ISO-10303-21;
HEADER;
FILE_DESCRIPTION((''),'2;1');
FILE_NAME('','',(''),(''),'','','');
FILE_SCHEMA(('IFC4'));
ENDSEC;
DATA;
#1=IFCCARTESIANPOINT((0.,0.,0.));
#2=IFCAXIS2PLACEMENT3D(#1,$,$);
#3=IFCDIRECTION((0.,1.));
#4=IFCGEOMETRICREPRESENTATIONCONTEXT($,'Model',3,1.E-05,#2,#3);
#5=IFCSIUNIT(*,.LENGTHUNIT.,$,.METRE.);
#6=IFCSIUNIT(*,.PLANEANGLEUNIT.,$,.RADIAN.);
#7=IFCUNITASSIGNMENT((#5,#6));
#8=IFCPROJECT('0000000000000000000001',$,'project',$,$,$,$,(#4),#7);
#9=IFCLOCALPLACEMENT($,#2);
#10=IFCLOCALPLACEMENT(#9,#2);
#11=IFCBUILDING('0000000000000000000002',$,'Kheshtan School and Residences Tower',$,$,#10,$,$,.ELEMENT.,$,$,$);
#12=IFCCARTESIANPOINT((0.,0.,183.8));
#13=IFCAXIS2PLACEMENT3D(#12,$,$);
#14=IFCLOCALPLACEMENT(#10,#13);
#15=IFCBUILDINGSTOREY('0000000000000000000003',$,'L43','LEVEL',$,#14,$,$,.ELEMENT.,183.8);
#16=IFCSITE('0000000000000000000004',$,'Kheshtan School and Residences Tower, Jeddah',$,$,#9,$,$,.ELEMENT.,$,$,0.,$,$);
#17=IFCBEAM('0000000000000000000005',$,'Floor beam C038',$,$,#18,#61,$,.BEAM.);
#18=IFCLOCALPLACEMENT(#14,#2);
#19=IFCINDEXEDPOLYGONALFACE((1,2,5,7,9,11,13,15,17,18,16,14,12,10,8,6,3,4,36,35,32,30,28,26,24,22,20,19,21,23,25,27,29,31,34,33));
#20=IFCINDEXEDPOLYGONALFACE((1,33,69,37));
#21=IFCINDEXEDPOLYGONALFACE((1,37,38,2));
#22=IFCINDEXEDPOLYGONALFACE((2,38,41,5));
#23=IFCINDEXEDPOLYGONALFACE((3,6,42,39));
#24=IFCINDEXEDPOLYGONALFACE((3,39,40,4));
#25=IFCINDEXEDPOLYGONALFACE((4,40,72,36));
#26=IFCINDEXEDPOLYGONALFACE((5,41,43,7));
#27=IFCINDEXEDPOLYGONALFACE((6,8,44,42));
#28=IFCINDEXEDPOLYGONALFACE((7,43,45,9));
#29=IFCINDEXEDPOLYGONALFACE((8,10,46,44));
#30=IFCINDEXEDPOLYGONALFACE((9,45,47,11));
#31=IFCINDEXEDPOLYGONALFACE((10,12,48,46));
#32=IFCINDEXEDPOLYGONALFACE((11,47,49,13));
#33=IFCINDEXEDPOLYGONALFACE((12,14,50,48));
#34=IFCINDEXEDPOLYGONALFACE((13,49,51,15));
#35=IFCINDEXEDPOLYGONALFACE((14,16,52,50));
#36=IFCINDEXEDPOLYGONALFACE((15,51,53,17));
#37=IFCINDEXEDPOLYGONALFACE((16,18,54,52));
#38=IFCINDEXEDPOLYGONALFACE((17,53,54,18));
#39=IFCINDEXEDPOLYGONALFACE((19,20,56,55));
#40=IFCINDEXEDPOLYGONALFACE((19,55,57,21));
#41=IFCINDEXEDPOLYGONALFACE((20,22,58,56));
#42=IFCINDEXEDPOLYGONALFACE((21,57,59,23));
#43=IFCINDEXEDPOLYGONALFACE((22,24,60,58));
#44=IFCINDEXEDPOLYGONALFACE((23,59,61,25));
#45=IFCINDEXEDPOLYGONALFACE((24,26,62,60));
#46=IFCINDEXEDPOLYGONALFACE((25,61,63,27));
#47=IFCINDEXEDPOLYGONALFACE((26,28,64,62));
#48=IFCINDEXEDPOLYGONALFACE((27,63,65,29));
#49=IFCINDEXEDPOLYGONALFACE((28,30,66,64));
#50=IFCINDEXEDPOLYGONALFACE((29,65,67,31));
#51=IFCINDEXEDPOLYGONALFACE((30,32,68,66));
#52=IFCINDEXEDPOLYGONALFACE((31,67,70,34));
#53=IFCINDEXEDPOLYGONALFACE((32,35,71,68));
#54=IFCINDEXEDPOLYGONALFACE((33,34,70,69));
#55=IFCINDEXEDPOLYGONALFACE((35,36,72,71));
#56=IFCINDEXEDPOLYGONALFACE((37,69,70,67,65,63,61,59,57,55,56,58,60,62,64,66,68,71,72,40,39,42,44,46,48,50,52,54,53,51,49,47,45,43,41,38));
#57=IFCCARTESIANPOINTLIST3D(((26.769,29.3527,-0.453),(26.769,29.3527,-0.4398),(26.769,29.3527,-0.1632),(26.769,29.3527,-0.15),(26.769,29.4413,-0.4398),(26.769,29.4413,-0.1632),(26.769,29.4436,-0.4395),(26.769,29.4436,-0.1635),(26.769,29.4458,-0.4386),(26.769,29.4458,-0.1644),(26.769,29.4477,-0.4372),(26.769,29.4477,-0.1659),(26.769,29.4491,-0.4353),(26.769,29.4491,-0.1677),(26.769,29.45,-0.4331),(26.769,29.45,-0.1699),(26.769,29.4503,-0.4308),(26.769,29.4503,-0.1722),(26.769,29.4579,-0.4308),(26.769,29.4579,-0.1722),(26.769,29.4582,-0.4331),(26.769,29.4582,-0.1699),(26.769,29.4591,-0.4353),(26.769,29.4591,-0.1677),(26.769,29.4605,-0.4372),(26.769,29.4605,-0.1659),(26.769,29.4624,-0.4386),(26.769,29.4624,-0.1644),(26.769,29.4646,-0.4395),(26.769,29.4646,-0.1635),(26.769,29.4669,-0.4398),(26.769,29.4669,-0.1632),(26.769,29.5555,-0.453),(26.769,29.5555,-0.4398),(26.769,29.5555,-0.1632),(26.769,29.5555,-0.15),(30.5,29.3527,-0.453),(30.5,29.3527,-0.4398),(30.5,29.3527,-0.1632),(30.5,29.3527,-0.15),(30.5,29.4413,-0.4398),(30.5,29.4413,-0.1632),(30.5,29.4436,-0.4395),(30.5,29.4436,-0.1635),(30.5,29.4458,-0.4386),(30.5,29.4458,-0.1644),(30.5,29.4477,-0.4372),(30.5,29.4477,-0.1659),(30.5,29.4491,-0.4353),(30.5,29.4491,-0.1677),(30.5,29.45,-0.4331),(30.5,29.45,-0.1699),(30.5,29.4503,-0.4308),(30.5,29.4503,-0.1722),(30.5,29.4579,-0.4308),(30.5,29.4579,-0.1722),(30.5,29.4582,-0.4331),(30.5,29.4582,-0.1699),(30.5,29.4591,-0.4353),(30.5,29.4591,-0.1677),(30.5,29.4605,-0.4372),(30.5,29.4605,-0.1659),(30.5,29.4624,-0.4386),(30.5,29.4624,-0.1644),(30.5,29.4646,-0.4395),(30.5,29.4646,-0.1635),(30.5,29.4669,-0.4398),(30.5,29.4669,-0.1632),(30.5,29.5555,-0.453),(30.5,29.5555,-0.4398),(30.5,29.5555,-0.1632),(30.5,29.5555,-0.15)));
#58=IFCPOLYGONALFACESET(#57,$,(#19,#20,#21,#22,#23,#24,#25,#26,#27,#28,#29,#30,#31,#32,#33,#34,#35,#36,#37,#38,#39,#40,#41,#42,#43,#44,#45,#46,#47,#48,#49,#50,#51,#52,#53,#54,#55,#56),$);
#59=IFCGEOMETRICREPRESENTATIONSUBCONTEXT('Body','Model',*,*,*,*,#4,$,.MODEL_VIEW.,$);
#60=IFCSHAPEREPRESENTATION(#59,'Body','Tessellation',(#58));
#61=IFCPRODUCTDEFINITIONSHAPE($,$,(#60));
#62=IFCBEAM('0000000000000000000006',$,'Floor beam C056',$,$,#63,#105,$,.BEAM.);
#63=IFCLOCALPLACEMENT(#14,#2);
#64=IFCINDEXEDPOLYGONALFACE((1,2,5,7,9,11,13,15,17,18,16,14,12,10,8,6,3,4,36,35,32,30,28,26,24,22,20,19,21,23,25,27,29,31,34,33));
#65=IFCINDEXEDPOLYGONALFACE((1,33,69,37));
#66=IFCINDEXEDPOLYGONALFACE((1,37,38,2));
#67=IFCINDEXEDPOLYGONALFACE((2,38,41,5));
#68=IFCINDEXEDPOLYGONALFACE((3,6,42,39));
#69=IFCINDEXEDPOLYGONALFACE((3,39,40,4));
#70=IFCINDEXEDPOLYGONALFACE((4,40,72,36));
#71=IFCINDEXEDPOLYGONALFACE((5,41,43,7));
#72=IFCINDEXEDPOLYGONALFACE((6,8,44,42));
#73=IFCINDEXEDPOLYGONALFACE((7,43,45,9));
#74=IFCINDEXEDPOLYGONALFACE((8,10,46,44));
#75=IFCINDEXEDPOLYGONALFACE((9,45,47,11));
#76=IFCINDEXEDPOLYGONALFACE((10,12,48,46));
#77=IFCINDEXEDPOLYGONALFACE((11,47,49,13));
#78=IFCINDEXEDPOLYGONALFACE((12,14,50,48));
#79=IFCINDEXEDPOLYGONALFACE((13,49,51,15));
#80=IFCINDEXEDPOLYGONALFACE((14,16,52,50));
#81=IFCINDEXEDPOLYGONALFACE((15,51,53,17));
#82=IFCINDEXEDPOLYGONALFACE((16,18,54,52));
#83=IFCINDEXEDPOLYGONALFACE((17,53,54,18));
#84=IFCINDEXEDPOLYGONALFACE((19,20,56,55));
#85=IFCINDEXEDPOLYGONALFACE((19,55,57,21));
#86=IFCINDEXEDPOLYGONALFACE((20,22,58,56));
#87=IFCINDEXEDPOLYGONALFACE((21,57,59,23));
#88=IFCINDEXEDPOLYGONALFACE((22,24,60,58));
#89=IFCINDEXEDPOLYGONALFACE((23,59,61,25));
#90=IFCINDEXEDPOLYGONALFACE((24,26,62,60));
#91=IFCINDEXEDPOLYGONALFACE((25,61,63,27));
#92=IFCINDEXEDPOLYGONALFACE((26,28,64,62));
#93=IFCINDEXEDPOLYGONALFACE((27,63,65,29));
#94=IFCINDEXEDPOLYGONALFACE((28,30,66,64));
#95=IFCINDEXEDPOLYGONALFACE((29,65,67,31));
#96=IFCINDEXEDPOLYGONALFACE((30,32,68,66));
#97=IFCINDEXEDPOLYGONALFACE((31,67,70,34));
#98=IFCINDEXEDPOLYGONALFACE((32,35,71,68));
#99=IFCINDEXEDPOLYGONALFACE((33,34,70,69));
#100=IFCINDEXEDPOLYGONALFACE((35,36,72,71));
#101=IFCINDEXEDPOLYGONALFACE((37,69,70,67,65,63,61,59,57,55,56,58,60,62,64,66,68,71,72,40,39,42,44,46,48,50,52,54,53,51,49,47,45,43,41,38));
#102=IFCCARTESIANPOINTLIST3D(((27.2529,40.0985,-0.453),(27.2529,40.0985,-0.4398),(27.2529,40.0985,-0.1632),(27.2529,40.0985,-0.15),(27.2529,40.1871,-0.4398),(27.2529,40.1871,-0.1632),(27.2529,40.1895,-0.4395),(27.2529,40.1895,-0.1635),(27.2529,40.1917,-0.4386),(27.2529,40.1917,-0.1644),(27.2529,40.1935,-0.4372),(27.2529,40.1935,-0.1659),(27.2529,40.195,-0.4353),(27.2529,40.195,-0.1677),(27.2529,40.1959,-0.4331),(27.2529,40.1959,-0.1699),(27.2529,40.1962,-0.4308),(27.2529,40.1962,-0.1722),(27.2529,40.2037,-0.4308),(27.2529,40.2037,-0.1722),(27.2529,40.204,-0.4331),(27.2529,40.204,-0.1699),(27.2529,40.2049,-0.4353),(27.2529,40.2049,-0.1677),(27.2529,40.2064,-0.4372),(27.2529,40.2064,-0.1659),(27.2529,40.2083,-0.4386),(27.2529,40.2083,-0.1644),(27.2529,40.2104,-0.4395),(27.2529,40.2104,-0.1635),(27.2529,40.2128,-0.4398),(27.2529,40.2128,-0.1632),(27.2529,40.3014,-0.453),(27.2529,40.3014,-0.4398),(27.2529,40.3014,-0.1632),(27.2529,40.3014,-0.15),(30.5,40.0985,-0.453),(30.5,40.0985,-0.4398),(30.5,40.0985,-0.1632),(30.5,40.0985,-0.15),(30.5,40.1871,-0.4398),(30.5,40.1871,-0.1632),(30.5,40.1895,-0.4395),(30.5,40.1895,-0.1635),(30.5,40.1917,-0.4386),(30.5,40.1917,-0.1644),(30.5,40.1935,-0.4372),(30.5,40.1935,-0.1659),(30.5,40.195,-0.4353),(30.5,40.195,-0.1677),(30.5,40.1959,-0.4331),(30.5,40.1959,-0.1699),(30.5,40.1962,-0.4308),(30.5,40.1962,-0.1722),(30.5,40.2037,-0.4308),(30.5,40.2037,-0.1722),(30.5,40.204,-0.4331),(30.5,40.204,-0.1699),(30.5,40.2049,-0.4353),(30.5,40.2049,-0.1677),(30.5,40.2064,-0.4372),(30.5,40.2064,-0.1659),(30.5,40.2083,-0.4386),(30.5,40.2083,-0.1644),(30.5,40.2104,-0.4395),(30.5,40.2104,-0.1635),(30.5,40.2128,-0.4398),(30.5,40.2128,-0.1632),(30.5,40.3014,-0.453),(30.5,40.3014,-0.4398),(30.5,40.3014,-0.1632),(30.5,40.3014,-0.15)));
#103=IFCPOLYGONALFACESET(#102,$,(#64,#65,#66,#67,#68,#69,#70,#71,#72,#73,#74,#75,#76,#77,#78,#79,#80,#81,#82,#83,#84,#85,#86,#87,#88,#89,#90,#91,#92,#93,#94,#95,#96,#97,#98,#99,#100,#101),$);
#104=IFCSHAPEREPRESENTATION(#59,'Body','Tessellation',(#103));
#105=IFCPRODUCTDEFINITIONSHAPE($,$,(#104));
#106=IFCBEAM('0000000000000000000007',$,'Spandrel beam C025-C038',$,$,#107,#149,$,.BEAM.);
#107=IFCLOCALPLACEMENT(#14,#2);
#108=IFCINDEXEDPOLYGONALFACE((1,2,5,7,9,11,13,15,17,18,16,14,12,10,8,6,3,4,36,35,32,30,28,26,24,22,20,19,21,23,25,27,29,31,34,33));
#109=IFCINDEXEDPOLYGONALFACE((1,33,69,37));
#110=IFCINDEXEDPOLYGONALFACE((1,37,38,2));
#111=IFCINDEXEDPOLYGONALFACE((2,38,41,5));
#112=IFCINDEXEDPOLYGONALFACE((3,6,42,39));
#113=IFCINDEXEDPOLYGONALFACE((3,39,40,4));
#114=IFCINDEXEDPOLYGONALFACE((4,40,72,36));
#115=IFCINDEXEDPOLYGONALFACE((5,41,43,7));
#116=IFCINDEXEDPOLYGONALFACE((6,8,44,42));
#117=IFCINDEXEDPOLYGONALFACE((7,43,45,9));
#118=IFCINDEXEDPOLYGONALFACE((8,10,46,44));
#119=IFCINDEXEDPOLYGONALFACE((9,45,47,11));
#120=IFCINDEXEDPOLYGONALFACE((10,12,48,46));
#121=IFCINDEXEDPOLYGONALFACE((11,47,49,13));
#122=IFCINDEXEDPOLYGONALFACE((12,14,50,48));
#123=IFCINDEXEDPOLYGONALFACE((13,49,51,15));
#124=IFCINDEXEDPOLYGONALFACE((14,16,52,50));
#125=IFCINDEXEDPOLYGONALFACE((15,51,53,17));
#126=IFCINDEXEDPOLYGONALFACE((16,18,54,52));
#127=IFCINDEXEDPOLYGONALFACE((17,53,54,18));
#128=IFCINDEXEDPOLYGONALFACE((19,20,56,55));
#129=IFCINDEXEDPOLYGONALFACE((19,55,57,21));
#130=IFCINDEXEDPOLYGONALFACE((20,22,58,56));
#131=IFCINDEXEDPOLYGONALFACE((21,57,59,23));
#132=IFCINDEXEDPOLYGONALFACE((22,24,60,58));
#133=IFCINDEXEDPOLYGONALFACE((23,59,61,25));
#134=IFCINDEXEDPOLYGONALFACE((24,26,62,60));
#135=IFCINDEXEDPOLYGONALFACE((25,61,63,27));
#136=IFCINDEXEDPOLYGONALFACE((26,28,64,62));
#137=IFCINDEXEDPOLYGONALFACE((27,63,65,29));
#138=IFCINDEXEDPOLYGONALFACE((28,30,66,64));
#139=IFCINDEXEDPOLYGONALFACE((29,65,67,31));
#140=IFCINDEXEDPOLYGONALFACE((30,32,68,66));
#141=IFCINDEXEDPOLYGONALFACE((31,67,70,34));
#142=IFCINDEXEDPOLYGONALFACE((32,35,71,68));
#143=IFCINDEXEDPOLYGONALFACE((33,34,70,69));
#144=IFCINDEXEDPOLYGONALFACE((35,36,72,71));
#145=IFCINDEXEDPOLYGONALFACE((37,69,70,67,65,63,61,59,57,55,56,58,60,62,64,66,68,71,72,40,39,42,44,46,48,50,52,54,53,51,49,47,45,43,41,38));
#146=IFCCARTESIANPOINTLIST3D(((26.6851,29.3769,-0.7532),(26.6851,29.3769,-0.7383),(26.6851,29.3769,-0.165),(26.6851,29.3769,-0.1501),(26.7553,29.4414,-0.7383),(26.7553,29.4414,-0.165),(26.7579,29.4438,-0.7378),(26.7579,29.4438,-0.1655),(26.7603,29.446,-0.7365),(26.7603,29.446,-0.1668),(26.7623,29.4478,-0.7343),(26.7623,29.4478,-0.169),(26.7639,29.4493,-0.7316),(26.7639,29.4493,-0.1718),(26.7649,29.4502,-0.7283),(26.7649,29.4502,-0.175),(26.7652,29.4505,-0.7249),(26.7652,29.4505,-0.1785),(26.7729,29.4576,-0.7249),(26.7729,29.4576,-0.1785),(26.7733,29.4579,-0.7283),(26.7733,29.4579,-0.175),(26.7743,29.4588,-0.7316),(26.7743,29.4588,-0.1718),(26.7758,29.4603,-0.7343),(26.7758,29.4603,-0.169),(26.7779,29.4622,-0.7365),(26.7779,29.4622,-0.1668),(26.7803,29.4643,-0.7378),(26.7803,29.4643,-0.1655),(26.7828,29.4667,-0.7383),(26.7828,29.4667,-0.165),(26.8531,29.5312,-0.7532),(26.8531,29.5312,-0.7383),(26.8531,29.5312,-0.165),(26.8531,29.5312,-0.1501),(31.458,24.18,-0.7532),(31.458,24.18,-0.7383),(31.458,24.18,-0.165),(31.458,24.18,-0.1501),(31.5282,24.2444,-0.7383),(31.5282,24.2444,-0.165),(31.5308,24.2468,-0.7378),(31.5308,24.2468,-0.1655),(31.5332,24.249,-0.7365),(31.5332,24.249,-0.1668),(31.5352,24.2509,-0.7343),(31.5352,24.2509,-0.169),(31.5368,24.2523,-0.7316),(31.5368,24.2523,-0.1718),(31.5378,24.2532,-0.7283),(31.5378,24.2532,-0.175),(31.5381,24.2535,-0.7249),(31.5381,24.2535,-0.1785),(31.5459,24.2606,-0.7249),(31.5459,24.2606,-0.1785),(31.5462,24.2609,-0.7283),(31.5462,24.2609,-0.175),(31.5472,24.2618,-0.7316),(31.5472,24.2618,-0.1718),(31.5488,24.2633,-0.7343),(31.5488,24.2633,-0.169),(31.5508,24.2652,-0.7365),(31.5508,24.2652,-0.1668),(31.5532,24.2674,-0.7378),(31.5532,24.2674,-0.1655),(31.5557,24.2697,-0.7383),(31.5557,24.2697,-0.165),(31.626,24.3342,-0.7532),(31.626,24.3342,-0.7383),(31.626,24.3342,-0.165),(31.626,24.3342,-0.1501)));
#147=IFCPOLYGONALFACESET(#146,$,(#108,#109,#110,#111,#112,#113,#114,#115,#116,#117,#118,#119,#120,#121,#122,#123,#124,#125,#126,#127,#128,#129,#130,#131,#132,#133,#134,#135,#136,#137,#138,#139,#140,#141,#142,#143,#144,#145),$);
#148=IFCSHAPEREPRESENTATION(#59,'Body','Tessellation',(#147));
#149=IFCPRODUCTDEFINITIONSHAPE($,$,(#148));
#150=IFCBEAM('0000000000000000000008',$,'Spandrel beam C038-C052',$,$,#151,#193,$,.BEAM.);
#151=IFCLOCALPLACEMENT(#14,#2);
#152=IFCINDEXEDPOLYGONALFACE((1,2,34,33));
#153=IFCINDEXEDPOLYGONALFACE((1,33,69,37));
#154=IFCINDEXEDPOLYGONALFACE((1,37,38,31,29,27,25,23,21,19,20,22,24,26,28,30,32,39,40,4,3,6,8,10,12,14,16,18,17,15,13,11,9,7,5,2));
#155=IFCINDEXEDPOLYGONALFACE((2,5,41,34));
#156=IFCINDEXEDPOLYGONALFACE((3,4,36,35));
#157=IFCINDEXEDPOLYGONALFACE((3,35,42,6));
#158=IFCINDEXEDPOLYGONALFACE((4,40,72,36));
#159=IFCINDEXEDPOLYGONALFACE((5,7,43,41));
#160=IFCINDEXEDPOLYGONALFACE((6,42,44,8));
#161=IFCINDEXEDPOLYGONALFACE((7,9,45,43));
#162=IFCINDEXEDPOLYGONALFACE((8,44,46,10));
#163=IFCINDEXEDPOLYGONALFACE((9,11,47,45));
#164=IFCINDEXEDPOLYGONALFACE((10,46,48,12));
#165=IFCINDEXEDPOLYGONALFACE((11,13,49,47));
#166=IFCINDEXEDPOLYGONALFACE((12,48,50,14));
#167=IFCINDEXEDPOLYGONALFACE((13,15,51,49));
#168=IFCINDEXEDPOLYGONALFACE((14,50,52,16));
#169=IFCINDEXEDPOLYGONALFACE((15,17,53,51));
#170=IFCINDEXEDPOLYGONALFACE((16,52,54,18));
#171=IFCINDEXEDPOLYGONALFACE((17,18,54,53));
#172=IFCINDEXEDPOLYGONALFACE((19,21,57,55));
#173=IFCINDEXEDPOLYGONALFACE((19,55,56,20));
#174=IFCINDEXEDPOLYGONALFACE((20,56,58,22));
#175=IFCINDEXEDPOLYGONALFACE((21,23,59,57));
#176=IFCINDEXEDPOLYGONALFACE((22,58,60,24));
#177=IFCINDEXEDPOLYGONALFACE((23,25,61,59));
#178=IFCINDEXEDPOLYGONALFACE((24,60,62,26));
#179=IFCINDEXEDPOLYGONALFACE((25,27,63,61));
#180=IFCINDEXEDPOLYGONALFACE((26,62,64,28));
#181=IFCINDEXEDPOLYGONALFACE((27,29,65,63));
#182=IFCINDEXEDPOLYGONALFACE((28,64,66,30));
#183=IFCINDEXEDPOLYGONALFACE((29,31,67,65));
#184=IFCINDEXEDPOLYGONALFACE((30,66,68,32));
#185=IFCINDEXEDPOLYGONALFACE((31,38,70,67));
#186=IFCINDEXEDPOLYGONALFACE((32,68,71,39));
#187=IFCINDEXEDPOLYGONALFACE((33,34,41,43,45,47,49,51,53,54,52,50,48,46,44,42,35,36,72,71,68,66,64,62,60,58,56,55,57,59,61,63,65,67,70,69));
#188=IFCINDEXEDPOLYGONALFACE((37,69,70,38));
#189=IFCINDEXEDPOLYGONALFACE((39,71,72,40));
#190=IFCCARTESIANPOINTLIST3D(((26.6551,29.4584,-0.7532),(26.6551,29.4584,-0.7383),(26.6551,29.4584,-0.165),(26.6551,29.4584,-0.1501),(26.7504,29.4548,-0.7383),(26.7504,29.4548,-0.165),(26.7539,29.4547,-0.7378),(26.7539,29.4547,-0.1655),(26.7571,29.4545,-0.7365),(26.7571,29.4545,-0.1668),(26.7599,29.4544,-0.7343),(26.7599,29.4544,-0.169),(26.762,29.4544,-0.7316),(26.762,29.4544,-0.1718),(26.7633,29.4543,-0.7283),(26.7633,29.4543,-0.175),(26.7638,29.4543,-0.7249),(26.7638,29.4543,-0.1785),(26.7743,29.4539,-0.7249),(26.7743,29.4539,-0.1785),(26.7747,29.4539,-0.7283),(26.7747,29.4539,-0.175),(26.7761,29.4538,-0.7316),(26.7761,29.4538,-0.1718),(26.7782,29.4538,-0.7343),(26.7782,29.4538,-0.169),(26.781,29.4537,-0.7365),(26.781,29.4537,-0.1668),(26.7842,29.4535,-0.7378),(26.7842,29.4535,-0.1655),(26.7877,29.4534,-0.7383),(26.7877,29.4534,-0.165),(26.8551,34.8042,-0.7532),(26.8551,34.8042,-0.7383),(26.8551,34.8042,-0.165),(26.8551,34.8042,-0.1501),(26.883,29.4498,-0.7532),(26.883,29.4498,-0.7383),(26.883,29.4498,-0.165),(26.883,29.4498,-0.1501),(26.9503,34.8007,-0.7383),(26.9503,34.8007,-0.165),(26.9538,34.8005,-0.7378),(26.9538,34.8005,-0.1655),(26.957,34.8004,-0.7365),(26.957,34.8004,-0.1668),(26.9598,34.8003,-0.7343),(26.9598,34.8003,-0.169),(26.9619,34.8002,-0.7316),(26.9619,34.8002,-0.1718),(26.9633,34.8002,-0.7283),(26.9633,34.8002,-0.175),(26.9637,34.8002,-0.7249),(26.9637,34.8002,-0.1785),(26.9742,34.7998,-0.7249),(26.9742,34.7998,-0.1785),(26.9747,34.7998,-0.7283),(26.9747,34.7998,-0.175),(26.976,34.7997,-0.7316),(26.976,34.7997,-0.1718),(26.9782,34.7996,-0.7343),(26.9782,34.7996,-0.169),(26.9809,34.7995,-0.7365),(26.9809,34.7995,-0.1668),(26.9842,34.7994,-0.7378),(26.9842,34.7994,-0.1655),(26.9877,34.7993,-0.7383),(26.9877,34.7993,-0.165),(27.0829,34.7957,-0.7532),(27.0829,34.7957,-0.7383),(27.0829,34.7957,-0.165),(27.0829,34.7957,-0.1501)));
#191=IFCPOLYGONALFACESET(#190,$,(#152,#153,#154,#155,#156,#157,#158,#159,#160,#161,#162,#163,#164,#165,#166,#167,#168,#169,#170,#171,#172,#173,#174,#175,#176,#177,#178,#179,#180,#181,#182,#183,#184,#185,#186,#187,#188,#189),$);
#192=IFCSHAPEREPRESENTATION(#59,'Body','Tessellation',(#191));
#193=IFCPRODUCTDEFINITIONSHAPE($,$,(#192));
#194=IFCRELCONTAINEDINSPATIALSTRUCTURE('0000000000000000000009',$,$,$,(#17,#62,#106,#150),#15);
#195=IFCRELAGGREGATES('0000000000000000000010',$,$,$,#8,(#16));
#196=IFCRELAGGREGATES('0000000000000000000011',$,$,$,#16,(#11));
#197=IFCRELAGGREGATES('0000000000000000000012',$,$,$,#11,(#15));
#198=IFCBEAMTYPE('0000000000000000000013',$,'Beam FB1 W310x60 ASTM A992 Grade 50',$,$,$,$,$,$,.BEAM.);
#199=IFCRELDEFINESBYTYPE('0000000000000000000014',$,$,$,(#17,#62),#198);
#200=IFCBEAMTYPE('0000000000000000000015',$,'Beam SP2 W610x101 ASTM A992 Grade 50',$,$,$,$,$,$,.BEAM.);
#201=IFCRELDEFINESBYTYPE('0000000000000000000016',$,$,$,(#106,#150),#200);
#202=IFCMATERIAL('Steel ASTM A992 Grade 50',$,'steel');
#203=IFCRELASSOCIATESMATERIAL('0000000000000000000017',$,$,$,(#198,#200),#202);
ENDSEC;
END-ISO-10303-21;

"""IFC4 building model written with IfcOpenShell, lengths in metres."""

from ifc_helpers import new_model, si_unit, direction, frame, origin, origin_2d, place, context, subcontext, project, spatial, i_section, extrude, material, material_profile, profile_set, type_object, element, save


model = new_model("IFC4")

# Units and contexts
model_context = context("Model", 3, precision=1e-05, world=origin(), true_north=direction((0.0, 1.0)))
body_context = subcontext(model_context, "Body", "Model", "MODEL_VIEW")
ifc_project = project(units=[si_unit("LENGTHUNIT", "METRE"), si_unit("PLANEANGLEUNIT", "RADIAN")], contexts=[model_context])

# Site, building, storey
site_placement = place(None, origin())
site = spatial("IfcSite", under=ifc_project, at=site_placement, Name="Kheshtan School and Residences Tower, Jeddah", CompositionType="ELEMENT", RefElevation=0.0)
building_placement = place(site_placement, origin())
building = spatial("IfcBuilding", under=site, at=building_placement, Name="Kheshtan School and Residences Tower", CompositionType="ELEMENT")
storey_placement = place(building_placement, frame((0.0, 0.0, 183.8)))
storey = spatial("IfcBuildingStorey", under=building, at=storey_placement, Name="L43", Description="LEVEL", CompositionType="ELEMENT", Elevation=183.8)

# Shared definitions
ifc_material_1 = material(Name="Steel ASTM A992 Grade 50", Category="steel")

# Beams
ifc_material_profile_1 = material_profile(ifc_material_1, i_section(OverallWidth=0.2029, OverallDepth=0.303, WebThickness=0.0076, FlangeThickness=0.0132, FilletRadius=0.009, at=origin_2d()), Name="W310x60")
ifc_profile_set_1 = profile_set([ifc_material_profile_1], Name="Steel ASTM A992 Grade 50")
beam_type_1 = type_object("IfcBeamType", Name="Beam FB1 W310x60 ASTM A992 Grade 50", PredefinedType="BEAM", material=ifc_profile_set_1)
beam_1_placement = place(storey_placement, frame((26.769, 29.4541, -0.3015), z_axis=(1.0, 0.0, 0.0), x_axis=(0.0, 1.0, 0.0)))
element("IfcBeam", 1, at=beam_1_placement, inside=storey, type_object=beam_type_1, Name="Floor beam C038", PredefinedType="BEAM", context=body_context, shape_type="SweptSolid", body=[
    extrude(i_section(OverallWidth=0.2029, OverallDepth=0.303, WebThickness=0.0076, FlangeThickness=0.0132, FilletRadius=0.009, at=origin_2d()), origin(), (0.0, 0.0, 1.0), 3.731),
])
beam_2_placement = place(storey_placement, frame((27.2529, 40.2, -0.3015), z_axis=(1.0, 0.0, 0.0), x_axis=(0.0, 1.0, 0.0)))
element("IfcBeam", 2, at=beam_2_placement, inside=storey, type_object=beam_type_1, Name="Floor beam C056", PredefinedType="BEAM", context=body_context, shape_type="SweptSolid", body=[
    extrude(i_section(OverallWidth=0.2029, OverallDepth=0.303, WebThickness=0.0076, FlangeThickness=0.0132, FilletRadius=0.009, at=origin_2d()), origin(), (0.0, 0.0, 1.0), 3.2471),
])
ifc_material_profile_2 = material_profile(ifc_material_1, i_section(OverallWidth=0.228, OverallDepth=0.603, WebThickness=0.0105, FlangeThickness=0.0149, FilletRadius=0.0134, at=origin_2d()), Name="W610x101")
ifc_profile_set_2 = profile_set([ifc_material_profile_2], Name="Steel ASTM A992 Grade 50")
beam_type_2 = type_object("IfcBeamType", Name="Beam SP2 W610x101 ASTM A992 Grade 50", PredefinedType="BEAM", material=ifc_profile_set_2)
beam_3_placement = place(storey_placement, frame((31.542, 24.2571, -0.4517), z_axis=(-0.676418, 0.736518, 0.0), x_axis=(-0.736518, -0.676418, 0.0)))
element("IfcBeam", 3, at=beam_3_placement, inside=storey, type_object=beam_type_2, Name="Spandrel beam C025-C038", PredefinedType="BEAM", context=body_context, shape_type="SweptSolid", body=[
    extrude(i_section(OverallWidth=0.228, OverallDepth=0.603, WebThickness=0.0105, FlangeThickness=0.0149, FilletRadius=0.0134, at=origin_2d()), origin(), (0.0, 0.0, 1.0), 7.0562),
])
beam_4_placement = place(storey_placement, frame((26.769, 29.4541, -0.4517), z_axis=(0.037376, 0.999301, 0.0), x_axis=(-0.999301, 0.037376, 0.0)))
element("IfcBeam", 4, at=beam_4_placement, inside=storey, type_object=beam_type_2, Name="Spandrel beam C038-C052", PredefinedType="BEAM", context=body_context, shape_type="SweptSolid", body=[
    extrude(i_section(OverallWidth=0.228, OverallDepth=0.603, WebThickness=0.0105, FlangeThickness=0.0149, FilletRadius=0.0134, at=origin_2d()), origin(), (0.0, 0.0, 1.0), 5.3496),
])

save(model, "model.ifc")
